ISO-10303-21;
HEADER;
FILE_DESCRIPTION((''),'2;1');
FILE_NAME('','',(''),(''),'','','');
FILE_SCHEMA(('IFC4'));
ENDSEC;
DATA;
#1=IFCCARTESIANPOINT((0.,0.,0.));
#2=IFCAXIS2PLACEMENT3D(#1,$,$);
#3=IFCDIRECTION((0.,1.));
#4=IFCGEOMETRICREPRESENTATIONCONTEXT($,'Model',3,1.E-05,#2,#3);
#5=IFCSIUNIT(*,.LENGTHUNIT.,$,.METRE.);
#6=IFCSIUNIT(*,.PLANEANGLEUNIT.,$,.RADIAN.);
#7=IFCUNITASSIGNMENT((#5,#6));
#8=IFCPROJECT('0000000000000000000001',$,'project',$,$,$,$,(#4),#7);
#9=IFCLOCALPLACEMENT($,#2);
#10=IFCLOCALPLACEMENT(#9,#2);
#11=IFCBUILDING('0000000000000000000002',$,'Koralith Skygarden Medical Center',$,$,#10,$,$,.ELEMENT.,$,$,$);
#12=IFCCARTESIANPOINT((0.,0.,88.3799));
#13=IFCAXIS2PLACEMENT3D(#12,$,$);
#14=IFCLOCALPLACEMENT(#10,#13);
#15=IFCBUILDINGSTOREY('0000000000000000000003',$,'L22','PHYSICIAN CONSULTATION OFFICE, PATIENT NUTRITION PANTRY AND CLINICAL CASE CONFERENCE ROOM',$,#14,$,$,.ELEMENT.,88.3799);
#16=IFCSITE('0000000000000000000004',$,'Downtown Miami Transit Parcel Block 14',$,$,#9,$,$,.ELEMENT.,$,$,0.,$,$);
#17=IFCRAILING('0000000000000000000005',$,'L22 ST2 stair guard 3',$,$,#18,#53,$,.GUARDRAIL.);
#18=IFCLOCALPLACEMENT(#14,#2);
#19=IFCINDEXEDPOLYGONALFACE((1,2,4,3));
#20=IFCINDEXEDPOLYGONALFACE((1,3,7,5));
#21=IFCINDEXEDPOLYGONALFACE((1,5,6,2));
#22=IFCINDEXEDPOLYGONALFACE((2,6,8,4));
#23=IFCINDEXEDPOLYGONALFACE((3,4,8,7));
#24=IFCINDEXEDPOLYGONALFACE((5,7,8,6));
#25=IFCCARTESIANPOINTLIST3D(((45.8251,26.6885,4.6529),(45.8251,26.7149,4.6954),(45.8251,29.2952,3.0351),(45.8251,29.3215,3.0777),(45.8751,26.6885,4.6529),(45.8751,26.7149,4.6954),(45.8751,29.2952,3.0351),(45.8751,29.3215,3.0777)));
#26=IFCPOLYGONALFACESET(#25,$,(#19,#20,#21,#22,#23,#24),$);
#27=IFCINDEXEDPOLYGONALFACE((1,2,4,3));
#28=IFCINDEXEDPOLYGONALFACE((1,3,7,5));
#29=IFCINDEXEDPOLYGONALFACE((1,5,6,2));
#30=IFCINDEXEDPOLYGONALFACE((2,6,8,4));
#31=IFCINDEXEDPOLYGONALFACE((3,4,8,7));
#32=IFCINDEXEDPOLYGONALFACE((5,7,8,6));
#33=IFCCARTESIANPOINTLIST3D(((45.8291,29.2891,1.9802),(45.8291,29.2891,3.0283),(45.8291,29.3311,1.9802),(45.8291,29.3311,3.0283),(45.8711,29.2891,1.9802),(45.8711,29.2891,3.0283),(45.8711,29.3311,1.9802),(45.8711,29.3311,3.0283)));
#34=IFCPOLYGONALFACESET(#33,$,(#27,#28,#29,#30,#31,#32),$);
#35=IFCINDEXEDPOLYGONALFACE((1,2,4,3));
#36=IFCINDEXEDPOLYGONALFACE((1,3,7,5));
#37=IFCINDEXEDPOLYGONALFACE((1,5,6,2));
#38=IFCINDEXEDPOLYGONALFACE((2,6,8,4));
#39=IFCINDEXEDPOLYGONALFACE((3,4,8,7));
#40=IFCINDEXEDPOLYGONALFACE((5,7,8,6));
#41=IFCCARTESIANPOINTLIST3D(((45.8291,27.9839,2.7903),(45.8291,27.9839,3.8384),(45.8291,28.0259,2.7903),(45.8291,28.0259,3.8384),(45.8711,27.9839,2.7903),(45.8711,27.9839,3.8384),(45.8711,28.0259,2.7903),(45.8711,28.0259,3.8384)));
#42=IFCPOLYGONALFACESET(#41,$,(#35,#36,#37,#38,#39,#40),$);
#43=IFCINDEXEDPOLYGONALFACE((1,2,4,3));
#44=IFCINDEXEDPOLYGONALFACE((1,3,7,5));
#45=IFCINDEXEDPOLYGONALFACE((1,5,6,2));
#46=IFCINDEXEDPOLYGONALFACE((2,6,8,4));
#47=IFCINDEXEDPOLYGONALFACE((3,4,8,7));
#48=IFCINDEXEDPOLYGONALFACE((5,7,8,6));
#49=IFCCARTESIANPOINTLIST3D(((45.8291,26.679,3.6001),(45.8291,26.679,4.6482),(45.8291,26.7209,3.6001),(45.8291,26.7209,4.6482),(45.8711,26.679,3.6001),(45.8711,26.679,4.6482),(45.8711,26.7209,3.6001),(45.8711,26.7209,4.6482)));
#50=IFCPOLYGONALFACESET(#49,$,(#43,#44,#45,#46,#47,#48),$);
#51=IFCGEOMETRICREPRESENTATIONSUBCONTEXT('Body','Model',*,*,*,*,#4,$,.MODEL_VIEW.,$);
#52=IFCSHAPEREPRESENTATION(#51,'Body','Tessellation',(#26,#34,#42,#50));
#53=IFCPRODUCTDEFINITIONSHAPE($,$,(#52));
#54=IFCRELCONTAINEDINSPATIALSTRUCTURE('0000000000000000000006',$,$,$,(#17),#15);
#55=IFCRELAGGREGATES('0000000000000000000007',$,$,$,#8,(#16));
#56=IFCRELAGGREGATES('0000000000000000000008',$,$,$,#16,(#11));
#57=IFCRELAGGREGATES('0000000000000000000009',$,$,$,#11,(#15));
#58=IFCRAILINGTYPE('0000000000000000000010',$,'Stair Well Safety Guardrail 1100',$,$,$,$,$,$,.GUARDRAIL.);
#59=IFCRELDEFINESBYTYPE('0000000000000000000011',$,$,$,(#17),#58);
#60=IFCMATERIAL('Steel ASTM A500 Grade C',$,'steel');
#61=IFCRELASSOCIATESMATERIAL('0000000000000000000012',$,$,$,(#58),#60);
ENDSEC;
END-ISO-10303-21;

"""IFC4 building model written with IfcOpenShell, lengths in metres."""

from ifc_helpers import new_model, si_unit, direction, frame, origin, origin_2d, place, context, subcontext, project, spatial, rectangle, extrude, material, type_object, element, save


model = new_model("IFC4")

# Units and contexts
model_context = context("Model", 3, precision=1e-05, world=origin(), true_north=direction((0.0, 1.0)))
body_context = subcontext(model_context, "Body", "Model", "MODEL_VIEW")
ifc_project = project(units=[si_unit("LENGTHUNIT", "METRE"), si_unit("PLANEANGLEUNIT", "RADIAN")], contexts=[model_context])

# Site, building, storey
site_placement = place(None, origin())
site = spatial("IfcSite", under=ifc_project, at=site_placement, Name="Downtown Miami Transit Parcel Block 14", CompositionType="ELEMENT", RefElevation=0.0)
building_placement = place(site_placement, origin())
building = spatial("IfcBuilding", under=site, at=building_placement, Name="Koralith Skygarden Medical Center", CompositionType="ELEMENT")
storey_placement = place(building_placement, frame((0.0, 0.0, 88.3799)))
storey = spatial("IfcBuildingStorey", under=building, at=storey_placement, Name="L22", Description="PHYSICIAN CONSULTATION OFFICE, PATIENT NUTRITION PANTRY AND CLINICAL CASE CONFERENCE ROOM", CompositionType="ELEMENT", Elevation=88.3799)

# Shared definitions
ifc_material_1 = material(Name="Steel ASTM A500 Grade C", Category="steel")

# Railing
railing_type_1 = type_object("IfcRailingType", Name="Stair Well Safety Guardrail 1100", PredefinedType="GUARDRAIL", material=ifc_material_1)
railing_1_placement = place(storey_placement, frame((45.8501, 29.3101, 1.9802)))
element("IfcRailing", 1, at=railing_1_placement, inside=storey, type_object=railing_type_1, Name="L22 ST2 stair guard 3", PredefinedType="GUARDRAIL", context=body_context, shape_type="SweptSolid", body=[
    extrude(rectangle(XDim=0.05, YDim=0.05, at=origin_2d()), frame((0.0, -0.0017, 1.0762), z_axis=(0.0, -0.849668, 0.527317), x_axis=(1.0, 0.0, 0.0)), (0.0, 0.0, 1.0), 3.0679),
    extrude(rectangle(XDim=0.042, YDim=0.042, at=origin_2d()), origin(), (0.0, 0.0, 1.0), 1.0481),
    extrude(rectangle(XDim=0.042, YDim=0.042, at=origin_2d()), frame((0.0, -1.3052, 0.8101)), (0.0, 0.0, 1.0), 1.0481),
    extrude(rectangle(XDim=0.042, YDim=0.042, at=origin_2d()), frame((0.0, -2.6101, 1.6199)), (0.0, 0.0, 1.0), 1.0481),
])

save(model, "model.ifc")
